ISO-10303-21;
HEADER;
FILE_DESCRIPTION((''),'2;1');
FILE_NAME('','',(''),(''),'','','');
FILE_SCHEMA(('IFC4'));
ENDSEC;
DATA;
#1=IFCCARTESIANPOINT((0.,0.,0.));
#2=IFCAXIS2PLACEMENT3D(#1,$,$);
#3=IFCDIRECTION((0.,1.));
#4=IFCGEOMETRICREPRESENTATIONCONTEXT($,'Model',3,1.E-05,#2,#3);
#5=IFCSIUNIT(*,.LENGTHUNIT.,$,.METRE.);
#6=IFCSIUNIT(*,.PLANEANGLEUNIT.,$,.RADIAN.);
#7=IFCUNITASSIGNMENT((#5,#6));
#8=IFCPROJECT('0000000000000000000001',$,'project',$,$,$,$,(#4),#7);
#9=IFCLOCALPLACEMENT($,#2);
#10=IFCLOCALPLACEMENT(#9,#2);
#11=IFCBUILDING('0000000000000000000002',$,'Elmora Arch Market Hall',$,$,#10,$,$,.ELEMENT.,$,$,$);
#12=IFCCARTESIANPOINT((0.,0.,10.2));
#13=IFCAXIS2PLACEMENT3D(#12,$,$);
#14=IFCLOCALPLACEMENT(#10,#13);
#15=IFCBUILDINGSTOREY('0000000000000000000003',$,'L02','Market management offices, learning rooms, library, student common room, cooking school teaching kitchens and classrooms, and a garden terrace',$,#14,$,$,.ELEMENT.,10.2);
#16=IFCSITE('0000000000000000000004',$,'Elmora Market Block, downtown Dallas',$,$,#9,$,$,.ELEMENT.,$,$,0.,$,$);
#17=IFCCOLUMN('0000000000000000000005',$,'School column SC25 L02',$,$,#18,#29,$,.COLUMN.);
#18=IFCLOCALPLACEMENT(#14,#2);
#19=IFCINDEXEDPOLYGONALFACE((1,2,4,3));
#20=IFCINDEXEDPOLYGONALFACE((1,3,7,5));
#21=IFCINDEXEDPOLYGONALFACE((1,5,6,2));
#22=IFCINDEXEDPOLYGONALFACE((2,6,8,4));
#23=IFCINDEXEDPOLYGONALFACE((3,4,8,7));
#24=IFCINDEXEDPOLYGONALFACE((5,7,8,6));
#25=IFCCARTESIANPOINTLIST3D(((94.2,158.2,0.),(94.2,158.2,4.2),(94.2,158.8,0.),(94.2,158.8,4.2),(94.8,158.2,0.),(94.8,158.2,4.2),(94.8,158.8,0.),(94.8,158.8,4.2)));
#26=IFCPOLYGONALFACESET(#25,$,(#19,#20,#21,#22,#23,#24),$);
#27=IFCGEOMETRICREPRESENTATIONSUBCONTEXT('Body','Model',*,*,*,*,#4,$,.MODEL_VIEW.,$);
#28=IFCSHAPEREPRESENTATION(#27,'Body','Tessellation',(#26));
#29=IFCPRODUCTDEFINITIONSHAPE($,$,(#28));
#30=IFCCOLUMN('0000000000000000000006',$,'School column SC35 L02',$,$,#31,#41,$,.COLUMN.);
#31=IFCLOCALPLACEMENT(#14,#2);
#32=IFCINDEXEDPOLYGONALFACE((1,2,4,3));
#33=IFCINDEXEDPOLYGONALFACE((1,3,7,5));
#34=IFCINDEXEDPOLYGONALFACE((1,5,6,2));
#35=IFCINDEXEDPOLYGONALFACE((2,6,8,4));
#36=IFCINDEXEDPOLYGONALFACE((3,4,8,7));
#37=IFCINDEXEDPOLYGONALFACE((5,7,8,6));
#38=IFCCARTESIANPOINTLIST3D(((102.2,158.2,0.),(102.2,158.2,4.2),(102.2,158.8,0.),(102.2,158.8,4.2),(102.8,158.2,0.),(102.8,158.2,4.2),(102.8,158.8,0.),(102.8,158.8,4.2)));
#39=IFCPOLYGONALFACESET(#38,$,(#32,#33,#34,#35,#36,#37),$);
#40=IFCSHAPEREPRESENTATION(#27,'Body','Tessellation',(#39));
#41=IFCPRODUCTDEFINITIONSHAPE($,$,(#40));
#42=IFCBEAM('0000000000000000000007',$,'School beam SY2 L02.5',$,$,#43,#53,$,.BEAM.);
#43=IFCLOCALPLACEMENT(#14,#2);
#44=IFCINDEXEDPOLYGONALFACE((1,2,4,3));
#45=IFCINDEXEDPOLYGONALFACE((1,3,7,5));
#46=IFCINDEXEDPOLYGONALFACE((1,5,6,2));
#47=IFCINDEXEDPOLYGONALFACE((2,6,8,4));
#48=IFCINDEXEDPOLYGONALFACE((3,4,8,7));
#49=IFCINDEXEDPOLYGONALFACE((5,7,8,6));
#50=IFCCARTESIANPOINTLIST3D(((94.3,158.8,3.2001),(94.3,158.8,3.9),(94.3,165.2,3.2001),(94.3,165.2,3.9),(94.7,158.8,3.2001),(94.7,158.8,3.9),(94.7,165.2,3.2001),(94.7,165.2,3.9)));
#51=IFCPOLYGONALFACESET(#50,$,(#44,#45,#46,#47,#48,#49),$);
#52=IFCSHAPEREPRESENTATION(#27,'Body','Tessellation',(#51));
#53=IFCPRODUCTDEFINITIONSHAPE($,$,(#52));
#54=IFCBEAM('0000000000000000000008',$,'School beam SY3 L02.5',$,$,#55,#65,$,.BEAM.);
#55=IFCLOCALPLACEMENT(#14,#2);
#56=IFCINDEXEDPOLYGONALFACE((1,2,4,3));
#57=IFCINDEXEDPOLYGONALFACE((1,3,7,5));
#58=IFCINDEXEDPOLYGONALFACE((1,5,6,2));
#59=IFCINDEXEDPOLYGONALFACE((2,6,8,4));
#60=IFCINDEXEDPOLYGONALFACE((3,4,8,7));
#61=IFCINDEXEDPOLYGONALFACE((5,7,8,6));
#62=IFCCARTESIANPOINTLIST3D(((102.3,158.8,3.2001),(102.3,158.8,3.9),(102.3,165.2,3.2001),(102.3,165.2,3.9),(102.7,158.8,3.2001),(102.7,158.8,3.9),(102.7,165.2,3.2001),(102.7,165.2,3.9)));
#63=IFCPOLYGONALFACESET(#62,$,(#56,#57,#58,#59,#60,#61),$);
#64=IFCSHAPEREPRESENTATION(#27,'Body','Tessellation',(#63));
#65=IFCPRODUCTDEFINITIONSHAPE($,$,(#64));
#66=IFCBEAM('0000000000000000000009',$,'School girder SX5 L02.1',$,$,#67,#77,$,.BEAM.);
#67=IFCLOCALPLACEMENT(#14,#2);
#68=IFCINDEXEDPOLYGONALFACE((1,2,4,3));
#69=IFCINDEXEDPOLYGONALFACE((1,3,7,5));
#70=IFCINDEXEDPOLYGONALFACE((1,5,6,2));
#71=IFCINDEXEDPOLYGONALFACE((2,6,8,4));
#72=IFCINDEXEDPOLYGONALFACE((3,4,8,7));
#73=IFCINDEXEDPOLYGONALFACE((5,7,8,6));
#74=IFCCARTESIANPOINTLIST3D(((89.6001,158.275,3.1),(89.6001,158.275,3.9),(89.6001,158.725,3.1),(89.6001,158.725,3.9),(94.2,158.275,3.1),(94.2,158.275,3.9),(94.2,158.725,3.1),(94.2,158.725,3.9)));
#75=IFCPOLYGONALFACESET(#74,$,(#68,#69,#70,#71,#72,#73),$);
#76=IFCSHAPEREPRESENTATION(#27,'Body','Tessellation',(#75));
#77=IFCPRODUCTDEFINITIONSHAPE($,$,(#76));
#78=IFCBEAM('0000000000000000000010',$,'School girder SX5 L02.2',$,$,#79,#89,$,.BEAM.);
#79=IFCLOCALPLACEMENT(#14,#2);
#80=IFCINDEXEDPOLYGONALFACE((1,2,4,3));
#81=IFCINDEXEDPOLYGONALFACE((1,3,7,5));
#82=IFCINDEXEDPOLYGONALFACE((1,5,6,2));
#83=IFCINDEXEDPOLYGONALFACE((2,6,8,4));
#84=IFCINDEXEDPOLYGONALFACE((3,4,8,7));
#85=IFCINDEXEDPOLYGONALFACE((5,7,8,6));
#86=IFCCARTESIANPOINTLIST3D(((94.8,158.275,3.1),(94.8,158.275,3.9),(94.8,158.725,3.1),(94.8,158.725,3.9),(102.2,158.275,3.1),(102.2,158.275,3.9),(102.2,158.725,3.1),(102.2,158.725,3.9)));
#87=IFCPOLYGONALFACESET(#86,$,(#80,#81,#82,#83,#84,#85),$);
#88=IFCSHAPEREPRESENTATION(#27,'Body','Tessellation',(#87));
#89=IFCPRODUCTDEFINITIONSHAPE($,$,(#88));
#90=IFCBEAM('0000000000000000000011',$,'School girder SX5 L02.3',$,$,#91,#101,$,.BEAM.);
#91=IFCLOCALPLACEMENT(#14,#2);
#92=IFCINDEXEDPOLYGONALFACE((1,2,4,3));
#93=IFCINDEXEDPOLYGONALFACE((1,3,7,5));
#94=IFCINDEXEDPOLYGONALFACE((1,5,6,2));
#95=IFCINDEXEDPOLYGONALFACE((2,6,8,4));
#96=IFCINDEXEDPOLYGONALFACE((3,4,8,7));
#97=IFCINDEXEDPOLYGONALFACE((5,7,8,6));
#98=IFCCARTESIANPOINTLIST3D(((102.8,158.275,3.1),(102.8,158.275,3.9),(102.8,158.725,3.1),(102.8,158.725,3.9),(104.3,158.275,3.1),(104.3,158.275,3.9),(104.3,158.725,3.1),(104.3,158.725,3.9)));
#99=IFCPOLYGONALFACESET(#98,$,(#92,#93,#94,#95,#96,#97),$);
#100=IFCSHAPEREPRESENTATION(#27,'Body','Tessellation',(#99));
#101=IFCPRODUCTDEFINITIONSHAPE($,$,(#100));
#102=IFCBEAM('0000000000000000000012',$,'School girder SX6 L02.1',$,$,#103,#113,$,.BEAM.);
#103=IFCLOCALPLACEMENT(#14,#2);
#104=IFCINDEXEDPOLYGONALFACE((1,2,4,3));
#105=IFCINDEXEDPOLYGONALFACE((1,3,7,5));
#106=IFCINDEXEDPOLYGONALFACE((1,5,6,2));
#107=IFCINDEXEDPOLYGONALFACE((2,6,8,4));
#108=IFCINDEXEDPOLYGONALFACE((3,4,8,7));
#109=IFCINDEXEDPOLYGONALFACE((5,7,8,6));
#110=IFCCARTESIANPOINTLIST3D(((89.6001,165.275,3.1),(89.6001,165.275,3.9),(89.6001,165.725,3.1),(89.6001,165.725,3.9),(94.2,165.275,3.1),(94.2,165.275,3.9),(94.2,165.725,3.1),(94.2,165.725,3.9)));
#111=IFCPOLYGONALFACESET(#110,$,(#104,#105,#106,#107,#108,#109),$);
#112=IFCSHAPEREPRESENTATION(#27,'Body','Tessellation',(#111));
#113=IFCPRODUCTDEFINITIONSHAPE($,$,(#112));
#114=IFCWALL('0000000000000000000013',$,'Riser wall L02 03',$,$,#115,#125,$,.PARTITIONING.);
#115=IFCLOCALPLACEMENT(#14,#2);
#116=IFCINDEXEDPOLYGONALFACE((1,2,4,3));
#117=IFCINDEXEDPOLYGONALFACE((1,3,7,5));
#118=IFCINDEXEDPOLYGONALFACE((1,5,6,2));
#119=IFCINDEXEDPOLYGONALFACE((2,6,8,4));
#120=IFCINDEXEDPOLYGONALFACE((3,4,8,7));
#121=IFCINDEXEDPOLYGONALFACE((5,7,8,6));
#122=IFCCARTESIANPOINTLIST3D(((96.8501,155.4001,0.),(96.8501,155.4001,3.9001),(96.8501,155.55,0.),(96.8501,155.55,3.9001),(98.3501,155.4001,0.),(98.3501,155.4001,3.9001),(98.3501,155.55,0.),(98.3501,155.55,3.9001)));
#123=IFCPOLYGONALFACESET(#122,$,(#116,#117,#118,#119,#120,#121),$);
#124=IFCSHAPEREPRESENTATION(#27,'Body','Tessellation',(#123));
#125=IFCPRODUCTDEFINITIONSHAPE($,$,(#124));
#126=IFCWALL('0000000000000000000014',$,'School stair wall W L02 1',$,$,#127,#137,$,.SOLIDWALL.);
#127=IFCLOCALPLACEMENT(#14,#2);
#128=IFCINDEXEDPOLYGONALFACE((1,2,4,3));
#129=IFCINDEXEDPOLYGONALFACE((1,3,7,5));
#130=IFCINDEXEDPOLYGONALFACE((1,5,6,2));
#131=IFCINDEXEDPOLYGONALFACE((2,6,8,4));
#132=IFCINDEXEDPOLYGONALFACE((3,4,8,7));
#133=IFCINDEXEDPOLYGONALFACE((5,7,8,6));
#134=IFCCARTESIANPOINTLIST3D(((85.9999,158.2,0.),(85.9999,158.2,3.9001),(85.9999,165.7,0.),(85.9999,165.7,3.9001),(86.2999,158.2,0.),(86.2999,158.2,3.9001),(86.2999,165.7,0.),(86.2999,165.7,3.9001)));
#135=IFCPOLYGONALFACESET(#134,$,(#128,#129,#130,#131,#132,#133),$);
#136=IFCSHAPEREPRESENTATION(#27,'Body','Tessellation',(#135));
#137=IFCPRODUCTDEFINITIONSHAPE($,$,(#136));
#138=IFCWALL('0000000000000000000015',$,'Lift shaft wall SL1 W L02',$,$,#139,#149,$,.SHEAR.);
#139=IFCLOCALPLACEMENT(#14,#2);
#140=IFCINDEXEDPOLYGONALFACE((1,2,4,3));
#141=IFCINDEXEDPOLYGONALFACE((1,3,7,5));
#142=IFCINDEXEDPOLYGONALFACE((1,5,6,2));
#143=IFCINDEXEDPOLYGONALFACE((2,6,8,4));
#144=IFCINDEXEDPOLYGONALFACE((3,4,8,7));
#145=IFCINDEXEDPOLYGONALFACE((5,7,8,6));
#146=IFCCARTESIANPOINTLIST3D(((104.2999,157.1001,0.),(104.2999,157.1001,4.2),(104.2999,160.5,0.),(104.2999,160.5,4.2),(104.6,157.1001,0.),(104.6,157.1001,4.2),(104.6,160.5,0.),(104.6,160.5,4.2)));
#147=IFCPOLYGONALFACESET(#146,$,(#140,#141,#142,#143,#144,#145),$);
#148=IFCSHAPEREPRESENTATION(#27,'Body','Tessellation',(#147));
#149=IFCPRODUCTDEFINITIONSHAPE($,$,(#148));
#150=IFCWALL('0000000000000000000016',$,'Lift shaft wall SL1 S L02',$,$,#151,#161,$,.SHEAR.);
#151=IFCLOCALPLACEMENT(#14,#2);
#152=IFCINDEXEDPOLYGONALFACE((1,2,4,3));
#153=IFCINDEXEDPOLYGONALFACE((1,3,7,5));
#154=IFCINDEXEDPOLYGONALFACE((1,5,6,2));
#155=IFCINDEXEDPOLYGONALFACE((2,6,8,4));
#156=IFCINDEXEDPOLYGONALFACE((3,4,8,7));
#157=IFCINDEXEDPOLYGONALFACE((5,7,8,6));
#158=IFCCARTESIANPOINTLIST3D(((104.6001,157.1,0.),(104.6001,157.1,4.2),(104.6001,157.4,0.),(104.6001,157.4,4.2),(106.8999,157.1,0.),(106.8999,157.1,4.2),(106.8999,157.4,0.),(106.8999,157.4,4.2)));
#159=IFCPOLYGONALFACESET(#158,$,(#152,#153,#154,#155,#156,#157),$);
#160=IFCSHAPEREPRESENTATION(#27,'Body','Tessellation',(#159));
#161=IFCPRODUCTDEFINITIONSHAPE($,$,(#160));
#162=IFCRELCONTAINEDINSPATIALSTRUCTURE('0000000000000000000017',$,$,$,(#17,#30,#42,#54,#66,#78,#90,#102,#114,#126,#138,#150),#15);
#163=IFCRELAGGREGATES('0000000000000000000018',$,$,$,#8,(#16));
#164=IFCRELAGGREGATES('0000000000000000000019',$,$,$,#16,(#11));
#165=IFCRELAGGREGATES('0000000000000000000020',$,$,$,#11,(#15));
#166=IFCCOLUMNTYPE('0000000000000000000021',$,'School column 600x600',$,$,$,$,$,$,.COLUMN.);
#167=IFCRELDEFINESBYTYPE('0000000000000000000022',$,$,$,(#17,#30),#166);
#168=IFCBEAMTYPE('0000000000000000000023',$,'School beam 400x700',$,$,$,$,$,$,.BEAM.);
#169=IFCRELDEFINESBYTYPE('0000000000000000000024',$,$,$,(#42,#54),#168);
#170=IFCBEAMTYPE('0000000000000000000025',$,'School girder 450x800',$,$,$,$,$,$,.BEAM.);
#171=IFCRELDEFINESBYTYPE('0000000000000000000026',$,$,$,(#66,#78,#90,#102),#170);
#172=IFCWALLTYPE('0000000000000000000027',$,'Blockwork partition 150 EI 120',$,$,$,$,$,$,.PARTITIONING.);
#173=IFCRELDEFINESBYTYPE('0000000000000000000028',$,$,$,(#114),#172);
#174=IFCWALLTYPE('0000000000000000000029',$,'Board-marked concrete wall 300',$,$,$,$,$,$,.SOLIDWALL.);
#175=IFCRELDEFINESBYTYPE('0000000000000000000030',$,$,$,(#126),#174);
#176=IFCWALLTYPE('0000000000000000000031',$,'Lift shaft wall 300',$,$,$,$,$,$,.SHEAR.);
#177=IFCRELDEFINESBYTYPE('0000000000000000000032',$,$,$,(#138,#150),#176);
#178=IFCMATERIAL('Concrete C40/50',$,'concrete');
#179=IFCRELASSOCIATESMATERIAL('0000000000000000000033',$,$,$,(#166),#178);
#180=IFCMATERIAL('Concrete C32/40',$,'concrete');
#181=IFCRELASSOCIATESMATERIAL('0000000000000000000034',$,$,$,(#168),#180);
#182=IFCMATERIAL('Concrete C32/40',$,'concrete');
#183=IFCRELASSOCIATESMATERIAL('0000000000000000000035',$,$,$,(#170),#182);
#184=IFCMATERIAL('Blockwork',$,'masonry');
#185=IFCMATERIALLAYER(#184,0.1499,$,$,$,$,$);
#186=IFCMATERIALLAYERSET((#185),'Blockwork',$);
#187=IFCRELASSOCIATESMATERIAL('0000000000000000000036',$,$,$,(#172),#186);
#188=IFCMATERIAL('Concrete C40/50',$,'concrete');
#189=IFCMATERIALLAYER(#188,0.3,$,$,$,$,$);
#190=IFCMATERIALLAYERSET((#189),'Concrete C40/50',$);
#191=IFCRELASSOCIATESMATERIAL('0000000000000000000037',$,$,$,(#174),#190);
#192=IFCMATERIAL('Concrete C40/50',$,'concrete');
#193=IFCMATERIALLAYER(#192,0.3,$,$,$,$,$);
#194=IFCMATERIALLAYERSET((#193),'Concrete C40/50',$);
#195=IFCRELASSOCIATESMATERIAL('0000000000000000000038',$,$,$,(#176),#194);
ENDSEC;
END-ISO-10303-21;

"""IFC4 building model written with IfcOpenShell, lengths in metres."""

from ifc_helpers import new_model, si_unit, direction, frame, frame_2d, origin, origin_2d, place, context, subcontext, project, spatial, rectangle, extrude, material, layer, layer_set, material_profile, profile_set, type_object, element, save


model = new_model("IFC4")

# Units and contexts
model_context = context("Model", 3, precision=1e-05, world=origin(), true_north=direction((0.0, 1.0)))
body_context = subcontext(model_context, "Body", "Model", "MODEL_VIEW")
ifc_project = project(units=[si_unit("LENGTHUNIT", "METRE"), si_unit("PLANEANGLEUNIT", "RADIAN")], contexts=[model_context])

# Site, building, storey
site_placement = place(None, origin())
site = spatial("IfcSite", under=ifc_project, at=site_placement, Name="Elmora Market Block, downtown Dallas", CompositionType="ELEMENT", RefElevation=0.0)
building_placement = place(site_placement, origin())
building = spatial("IfcBuilding", under=site, at=building_placement, Name="Elmora Arch Market Hall", CompositionType="ELEMENT")
storey_placement = place(building_placement, frame((0.0, 0.0, 10.2)))
storey = spatial("IfcBuildingStorey", under=building, at=storey_placement, Name="L02", Description="Market management offices, learning rooms, library, student common room, cooking school teaching kitchens and classrooms, and a garden terrace", CompositionType="ELEMENT", Elevation=10.2)

# Columns
ifc_material_1 = material(Name="Concrete C40/50", Category="concrete")
ifc_material_profile_1 = material_profile(ifc_material_1, rectangle(XDim=0.6001, YDim=0.6001, at=origin_2d()), Name="School column 600x600")
ifc_profile_set_1 = profile_set([ifc_material_profile_1], Name="Concrete C40/50")
column_type = type_object("IfcColumnType", Name="School column 600x600", PredefinedType="COLUMN", material=ifc_profile_set_1)
for number, where, z_axis, x_axis, name in (
    (1, (94.5, 158.5, 0.0), (0.0, 0.0, 1.0), (1.0, 0.0, 0.0), "School column SC25 L02"),
    (2, (102.5, 158.5, 0.0), (0.0, 0.0, 1.0), (1.0, 0.0, 0.0), "School column SC35 L02"),
):
    element("IfcColumn", number, at=place(storey_placement, frame(where, z_axis=z_axis, x_axis=x_axis)), inside=storey, type_object=column_type, Name=name, PredefinedType="COLUMN", context=body_context, shape_type="SweptSolid", body=[
        extrude(rectangle(XDim=0.6001, YDim=0.6001, at=origin_2d()), origin(), (0.0, 0.0, 1.0), 4.2),
    ])

# Beams
ifc_material_2 = material(Name="Concrete C32/40", Category="concrete")
ifc_material_profile_2 = material_profile(ifc_material_2, rectangle(XDim=0.3999, YDim=0.7, at=origin_2d()), Name="School beam 400x700")
ifc_profile_set_2 = profile_set([ifc_material_profile_2], Name="Concrete C32/40")
beam_type_1 = type_object("IfcBeamType", Name="School beam 400x700", PredefinedType="BEAM", material=ifc_profile_set_2)
for number, where, z_axis, x_axis, name in (
    (3, (94.5, 158.8, 3.55), (0.0, 1.0, 0.0), (-1.0, 0.0, 0.0), "School beam SY2 L02.5"),
    (4, (102.5, 158.8, 3.55), (0.0, 1.0, 0.0), (-1.0, 0.0, 0.0), "School beam SY3 L02.5"),
):
    element("IfcBeam", number, at=place(storey_placement, frame(where, z_axis=z_axis, x_axis=x_axis)), inside=storey, type_object=beam_type_1, Name=name, PredefinedType="BEAM", context=body_context, shape_type="SweptSolid", body=[
        extrude(rectangle(XDim=0.3999, YDim=0.7, at=origin_2d()), origin(), (0.0, 0.0, 1.0), 6.3999),
    ])
ifc_material_3 = material(Name="Concrete C32/40", Category="concrete")
ifc_material_profile_3 = material_profile(ifc_material_3, rectangle(XDim=0.45, YDim=0.8, at=origin_2d()), Name="School girder 450x800")
ifc_profile_set_3 = profile_set([ifc_material_profile_3], Name="Concrete C32/40")
beam_type_2 = type_object("IfcBeamType", Name="School girder 450x800", PredefinedType="BEAM", material=ifc_profile_set_3)
beam_1_placement = place(storey_placement, frame((89.6001, 158.5, 3.5), z_axis=(1.0, 0.0, 0.0), x_axis=(0.0, 1.0, 0.0)))
element("IfcBeam", 5, at=beam_1_placement, inside=storey, type_object=beam_type_2, Name="School girder SX5 L02.1", PredefinedType="BEAM", context=body_context, shape_type="SweptSolid", body=[
    extrude(rectangle(XDim=0.45, YDim=0.8, at=origin_2d()), origin(), (0.0, 0.0, 1.0), 4.5999),
])
beam_2_placement = place(storey_placement, frame((94.8, 158.5, 3.5), z_axis=(1.0, 0.0, 0.0), x_axis=(0.0, 1.0, 0.0)))
element("IfcBeam", 6, at=beam_2_placement, inside=storey, type_object=beam_type_2, Name="School girder SX5 L02.2", PredefinedType="BEAM", context=body_context, shape_type="SweptSolid", body=[
    extrude(rectangle(XDim=0.45, YDim=0.8, at=origin_2d()), origin(), (0.0, 0.0, 1.0), 7.3999),
])
beam_3_placement = place(storey_placement, frame((102.8, 158.5, 3.5), z_axis=(1.0, 0.0, 0.0), x_axis=(0.0, 1.0, 0.0)))
element("IfcBeam", 7, at=beam_3_placement, inside=storey, type_object=beam_type_2, Name="School girder SX5 L02.3", PredefinedType="BEAM", context=body_context, shape_type="SweptSolid", body=[
    extrude(rectangle(XDim=0.45, YDim=0.8, at=origin_2d()), origin(), (0.0, 0.0, 1.0), 1.5),
])
beam_4_placement = place(storey_placement, frame((89.6001, 165.5, 3.5), z_axis=(1.0, 0.0, 0.0), x_axis=(0.0, 1.0, 0.0)))
element("IfcBeam", 8, at=beam_4_placement, inside=storey, type_object=beam_type_2, Name="School girder SX6 L02.1", PredefinedType="BEAM", context=body_context, shape_type="SweptSolid", body=[
    extrude(rectangle(XDim=0.45, YDim=0.8, at=origin_2d()), origin(), (0.0, 0.0, 1.0), 4.5999),
])

# Walls
ifc_material_4 = material(Name="Blockwork", Category="masonry")
ifc_layer_1 = layer(ifc_material_4, 0.1499)
ifc_layer_set_1 = layer_set([ifc_layer_1], Name="Blockwork")
wall_type_1 = type_object("IfcWallType", Name="Blockwork partition 150 EI 120", PredefinedType="PARTITIONING", material=ifc_layer_set_1)
wall_1_placement = place(storey_placement, frame((96.8501, 155.4751, 0.0), z_axis=(0.0, 0.0, 1.0), x_axis=(1.0, 0.0, 0.0)))
element("IfcWall", 9, at=wall_1_placement, inside=storey, type_object=wall_type_1, Name="Riser wall L02 03", PredefinedType="PARTITIONING", context=body_context, shape_type="SweptSolid", body=[
    extrude(rectangle(XDim=1.5, YDim=0.1499, at=frame_2d((0.75, 0.0))), origin(), (0.0, 0.0, 1.0), 3.9001),
])
ifc_material_5 = material(Name="Concrete C40/50", Category="concrete")
ifc_layer_2 = layer(ifc_material_5, 0.3)
ifc_layer_set_2 = layer_set([ifc_layer_2], Name="Concrete C40/50")
wall_type_2 = type_object("IfcWallType", Name="Board-marked concrete wall 300", PredefinedType="SOLIDWALL", material=ifc_layer_set_2)
wall_2_placement = place(storey_placement, frame((86.1499, 158.2, 0.0), z_axis=(0.0, 0.0, 1.0), x_axis=(0.0, 1.0, 0.0)))
element("IfcWall", 10, at=wall_2_placement, inside=storey, type_object=wall_type_2, Name="School stair wall W L02 1", PredefinedType="SOLIDWALL", context=body_context, shape_type="SweptSolid", body=[
    extrude(rectangle(XDim=7.5, YDim=0.3, at=frame_2d((3.75, 0.0))), origin(), (0.0, 0.0, 1.0), 3.9001),
])
ifc_material_6 = material(Name="Concrete C40/50", Category="concrete")
ifc_layer_3 = layer(ifc_material_6, 0.3)
ifc_layer_set_3 = layer_set([ifc_layer_3], Name="Concrete C40/50")
wall_type_3 = type_object("IfcWallType", Name="Lift shaft wall 300", PredefinedType="SHEAR", material=ifc_layer_set_3)
wall_3_placement = place(storey_placement, frame((104.45, 157.1001, 0.0), z_axis=(0.0, 0.0, 1.0), x_axis=(0.0, 1.0, 0.0)))
element("IfcWall", 11, at=wall_3_placement, inside=storey, type_object=wall_type_3, Name="Lift shaft wall SL1 W L02", PredefinedType="SHEAR", context=body_context, shape_type="SweptSolid", body=[
    extrude(rectangle(XDim=3.3999, YDim=0.3, at=frame_2d((1.7, 0.0))), origin(), (0.0, 0.0, 1.0), 4.2),
])
wall_4_placement = place(storey_placement, frame((104.6001, 157.25, 0.0), z_axis=(0.0, 0.0, 1.0), x_axis=(1.0, 0.0, 0.0)))
element("IfcWall", 12, at=wall_4_placement, inside=storey, type_object=wall_type_3, Name="Lift shaft wall SL1 S L02", PredefinedType="SHEAR", context=body_context, shape_type="SweptSolid", body=[
    extrude(rectangle(XDim=2.2998, YDim=0.3, at=frame_2d((1.1499, 0.0))), origin(), (0.0, 0.0, 1.0), 4.2),
])

save(model, "model.ifc")
